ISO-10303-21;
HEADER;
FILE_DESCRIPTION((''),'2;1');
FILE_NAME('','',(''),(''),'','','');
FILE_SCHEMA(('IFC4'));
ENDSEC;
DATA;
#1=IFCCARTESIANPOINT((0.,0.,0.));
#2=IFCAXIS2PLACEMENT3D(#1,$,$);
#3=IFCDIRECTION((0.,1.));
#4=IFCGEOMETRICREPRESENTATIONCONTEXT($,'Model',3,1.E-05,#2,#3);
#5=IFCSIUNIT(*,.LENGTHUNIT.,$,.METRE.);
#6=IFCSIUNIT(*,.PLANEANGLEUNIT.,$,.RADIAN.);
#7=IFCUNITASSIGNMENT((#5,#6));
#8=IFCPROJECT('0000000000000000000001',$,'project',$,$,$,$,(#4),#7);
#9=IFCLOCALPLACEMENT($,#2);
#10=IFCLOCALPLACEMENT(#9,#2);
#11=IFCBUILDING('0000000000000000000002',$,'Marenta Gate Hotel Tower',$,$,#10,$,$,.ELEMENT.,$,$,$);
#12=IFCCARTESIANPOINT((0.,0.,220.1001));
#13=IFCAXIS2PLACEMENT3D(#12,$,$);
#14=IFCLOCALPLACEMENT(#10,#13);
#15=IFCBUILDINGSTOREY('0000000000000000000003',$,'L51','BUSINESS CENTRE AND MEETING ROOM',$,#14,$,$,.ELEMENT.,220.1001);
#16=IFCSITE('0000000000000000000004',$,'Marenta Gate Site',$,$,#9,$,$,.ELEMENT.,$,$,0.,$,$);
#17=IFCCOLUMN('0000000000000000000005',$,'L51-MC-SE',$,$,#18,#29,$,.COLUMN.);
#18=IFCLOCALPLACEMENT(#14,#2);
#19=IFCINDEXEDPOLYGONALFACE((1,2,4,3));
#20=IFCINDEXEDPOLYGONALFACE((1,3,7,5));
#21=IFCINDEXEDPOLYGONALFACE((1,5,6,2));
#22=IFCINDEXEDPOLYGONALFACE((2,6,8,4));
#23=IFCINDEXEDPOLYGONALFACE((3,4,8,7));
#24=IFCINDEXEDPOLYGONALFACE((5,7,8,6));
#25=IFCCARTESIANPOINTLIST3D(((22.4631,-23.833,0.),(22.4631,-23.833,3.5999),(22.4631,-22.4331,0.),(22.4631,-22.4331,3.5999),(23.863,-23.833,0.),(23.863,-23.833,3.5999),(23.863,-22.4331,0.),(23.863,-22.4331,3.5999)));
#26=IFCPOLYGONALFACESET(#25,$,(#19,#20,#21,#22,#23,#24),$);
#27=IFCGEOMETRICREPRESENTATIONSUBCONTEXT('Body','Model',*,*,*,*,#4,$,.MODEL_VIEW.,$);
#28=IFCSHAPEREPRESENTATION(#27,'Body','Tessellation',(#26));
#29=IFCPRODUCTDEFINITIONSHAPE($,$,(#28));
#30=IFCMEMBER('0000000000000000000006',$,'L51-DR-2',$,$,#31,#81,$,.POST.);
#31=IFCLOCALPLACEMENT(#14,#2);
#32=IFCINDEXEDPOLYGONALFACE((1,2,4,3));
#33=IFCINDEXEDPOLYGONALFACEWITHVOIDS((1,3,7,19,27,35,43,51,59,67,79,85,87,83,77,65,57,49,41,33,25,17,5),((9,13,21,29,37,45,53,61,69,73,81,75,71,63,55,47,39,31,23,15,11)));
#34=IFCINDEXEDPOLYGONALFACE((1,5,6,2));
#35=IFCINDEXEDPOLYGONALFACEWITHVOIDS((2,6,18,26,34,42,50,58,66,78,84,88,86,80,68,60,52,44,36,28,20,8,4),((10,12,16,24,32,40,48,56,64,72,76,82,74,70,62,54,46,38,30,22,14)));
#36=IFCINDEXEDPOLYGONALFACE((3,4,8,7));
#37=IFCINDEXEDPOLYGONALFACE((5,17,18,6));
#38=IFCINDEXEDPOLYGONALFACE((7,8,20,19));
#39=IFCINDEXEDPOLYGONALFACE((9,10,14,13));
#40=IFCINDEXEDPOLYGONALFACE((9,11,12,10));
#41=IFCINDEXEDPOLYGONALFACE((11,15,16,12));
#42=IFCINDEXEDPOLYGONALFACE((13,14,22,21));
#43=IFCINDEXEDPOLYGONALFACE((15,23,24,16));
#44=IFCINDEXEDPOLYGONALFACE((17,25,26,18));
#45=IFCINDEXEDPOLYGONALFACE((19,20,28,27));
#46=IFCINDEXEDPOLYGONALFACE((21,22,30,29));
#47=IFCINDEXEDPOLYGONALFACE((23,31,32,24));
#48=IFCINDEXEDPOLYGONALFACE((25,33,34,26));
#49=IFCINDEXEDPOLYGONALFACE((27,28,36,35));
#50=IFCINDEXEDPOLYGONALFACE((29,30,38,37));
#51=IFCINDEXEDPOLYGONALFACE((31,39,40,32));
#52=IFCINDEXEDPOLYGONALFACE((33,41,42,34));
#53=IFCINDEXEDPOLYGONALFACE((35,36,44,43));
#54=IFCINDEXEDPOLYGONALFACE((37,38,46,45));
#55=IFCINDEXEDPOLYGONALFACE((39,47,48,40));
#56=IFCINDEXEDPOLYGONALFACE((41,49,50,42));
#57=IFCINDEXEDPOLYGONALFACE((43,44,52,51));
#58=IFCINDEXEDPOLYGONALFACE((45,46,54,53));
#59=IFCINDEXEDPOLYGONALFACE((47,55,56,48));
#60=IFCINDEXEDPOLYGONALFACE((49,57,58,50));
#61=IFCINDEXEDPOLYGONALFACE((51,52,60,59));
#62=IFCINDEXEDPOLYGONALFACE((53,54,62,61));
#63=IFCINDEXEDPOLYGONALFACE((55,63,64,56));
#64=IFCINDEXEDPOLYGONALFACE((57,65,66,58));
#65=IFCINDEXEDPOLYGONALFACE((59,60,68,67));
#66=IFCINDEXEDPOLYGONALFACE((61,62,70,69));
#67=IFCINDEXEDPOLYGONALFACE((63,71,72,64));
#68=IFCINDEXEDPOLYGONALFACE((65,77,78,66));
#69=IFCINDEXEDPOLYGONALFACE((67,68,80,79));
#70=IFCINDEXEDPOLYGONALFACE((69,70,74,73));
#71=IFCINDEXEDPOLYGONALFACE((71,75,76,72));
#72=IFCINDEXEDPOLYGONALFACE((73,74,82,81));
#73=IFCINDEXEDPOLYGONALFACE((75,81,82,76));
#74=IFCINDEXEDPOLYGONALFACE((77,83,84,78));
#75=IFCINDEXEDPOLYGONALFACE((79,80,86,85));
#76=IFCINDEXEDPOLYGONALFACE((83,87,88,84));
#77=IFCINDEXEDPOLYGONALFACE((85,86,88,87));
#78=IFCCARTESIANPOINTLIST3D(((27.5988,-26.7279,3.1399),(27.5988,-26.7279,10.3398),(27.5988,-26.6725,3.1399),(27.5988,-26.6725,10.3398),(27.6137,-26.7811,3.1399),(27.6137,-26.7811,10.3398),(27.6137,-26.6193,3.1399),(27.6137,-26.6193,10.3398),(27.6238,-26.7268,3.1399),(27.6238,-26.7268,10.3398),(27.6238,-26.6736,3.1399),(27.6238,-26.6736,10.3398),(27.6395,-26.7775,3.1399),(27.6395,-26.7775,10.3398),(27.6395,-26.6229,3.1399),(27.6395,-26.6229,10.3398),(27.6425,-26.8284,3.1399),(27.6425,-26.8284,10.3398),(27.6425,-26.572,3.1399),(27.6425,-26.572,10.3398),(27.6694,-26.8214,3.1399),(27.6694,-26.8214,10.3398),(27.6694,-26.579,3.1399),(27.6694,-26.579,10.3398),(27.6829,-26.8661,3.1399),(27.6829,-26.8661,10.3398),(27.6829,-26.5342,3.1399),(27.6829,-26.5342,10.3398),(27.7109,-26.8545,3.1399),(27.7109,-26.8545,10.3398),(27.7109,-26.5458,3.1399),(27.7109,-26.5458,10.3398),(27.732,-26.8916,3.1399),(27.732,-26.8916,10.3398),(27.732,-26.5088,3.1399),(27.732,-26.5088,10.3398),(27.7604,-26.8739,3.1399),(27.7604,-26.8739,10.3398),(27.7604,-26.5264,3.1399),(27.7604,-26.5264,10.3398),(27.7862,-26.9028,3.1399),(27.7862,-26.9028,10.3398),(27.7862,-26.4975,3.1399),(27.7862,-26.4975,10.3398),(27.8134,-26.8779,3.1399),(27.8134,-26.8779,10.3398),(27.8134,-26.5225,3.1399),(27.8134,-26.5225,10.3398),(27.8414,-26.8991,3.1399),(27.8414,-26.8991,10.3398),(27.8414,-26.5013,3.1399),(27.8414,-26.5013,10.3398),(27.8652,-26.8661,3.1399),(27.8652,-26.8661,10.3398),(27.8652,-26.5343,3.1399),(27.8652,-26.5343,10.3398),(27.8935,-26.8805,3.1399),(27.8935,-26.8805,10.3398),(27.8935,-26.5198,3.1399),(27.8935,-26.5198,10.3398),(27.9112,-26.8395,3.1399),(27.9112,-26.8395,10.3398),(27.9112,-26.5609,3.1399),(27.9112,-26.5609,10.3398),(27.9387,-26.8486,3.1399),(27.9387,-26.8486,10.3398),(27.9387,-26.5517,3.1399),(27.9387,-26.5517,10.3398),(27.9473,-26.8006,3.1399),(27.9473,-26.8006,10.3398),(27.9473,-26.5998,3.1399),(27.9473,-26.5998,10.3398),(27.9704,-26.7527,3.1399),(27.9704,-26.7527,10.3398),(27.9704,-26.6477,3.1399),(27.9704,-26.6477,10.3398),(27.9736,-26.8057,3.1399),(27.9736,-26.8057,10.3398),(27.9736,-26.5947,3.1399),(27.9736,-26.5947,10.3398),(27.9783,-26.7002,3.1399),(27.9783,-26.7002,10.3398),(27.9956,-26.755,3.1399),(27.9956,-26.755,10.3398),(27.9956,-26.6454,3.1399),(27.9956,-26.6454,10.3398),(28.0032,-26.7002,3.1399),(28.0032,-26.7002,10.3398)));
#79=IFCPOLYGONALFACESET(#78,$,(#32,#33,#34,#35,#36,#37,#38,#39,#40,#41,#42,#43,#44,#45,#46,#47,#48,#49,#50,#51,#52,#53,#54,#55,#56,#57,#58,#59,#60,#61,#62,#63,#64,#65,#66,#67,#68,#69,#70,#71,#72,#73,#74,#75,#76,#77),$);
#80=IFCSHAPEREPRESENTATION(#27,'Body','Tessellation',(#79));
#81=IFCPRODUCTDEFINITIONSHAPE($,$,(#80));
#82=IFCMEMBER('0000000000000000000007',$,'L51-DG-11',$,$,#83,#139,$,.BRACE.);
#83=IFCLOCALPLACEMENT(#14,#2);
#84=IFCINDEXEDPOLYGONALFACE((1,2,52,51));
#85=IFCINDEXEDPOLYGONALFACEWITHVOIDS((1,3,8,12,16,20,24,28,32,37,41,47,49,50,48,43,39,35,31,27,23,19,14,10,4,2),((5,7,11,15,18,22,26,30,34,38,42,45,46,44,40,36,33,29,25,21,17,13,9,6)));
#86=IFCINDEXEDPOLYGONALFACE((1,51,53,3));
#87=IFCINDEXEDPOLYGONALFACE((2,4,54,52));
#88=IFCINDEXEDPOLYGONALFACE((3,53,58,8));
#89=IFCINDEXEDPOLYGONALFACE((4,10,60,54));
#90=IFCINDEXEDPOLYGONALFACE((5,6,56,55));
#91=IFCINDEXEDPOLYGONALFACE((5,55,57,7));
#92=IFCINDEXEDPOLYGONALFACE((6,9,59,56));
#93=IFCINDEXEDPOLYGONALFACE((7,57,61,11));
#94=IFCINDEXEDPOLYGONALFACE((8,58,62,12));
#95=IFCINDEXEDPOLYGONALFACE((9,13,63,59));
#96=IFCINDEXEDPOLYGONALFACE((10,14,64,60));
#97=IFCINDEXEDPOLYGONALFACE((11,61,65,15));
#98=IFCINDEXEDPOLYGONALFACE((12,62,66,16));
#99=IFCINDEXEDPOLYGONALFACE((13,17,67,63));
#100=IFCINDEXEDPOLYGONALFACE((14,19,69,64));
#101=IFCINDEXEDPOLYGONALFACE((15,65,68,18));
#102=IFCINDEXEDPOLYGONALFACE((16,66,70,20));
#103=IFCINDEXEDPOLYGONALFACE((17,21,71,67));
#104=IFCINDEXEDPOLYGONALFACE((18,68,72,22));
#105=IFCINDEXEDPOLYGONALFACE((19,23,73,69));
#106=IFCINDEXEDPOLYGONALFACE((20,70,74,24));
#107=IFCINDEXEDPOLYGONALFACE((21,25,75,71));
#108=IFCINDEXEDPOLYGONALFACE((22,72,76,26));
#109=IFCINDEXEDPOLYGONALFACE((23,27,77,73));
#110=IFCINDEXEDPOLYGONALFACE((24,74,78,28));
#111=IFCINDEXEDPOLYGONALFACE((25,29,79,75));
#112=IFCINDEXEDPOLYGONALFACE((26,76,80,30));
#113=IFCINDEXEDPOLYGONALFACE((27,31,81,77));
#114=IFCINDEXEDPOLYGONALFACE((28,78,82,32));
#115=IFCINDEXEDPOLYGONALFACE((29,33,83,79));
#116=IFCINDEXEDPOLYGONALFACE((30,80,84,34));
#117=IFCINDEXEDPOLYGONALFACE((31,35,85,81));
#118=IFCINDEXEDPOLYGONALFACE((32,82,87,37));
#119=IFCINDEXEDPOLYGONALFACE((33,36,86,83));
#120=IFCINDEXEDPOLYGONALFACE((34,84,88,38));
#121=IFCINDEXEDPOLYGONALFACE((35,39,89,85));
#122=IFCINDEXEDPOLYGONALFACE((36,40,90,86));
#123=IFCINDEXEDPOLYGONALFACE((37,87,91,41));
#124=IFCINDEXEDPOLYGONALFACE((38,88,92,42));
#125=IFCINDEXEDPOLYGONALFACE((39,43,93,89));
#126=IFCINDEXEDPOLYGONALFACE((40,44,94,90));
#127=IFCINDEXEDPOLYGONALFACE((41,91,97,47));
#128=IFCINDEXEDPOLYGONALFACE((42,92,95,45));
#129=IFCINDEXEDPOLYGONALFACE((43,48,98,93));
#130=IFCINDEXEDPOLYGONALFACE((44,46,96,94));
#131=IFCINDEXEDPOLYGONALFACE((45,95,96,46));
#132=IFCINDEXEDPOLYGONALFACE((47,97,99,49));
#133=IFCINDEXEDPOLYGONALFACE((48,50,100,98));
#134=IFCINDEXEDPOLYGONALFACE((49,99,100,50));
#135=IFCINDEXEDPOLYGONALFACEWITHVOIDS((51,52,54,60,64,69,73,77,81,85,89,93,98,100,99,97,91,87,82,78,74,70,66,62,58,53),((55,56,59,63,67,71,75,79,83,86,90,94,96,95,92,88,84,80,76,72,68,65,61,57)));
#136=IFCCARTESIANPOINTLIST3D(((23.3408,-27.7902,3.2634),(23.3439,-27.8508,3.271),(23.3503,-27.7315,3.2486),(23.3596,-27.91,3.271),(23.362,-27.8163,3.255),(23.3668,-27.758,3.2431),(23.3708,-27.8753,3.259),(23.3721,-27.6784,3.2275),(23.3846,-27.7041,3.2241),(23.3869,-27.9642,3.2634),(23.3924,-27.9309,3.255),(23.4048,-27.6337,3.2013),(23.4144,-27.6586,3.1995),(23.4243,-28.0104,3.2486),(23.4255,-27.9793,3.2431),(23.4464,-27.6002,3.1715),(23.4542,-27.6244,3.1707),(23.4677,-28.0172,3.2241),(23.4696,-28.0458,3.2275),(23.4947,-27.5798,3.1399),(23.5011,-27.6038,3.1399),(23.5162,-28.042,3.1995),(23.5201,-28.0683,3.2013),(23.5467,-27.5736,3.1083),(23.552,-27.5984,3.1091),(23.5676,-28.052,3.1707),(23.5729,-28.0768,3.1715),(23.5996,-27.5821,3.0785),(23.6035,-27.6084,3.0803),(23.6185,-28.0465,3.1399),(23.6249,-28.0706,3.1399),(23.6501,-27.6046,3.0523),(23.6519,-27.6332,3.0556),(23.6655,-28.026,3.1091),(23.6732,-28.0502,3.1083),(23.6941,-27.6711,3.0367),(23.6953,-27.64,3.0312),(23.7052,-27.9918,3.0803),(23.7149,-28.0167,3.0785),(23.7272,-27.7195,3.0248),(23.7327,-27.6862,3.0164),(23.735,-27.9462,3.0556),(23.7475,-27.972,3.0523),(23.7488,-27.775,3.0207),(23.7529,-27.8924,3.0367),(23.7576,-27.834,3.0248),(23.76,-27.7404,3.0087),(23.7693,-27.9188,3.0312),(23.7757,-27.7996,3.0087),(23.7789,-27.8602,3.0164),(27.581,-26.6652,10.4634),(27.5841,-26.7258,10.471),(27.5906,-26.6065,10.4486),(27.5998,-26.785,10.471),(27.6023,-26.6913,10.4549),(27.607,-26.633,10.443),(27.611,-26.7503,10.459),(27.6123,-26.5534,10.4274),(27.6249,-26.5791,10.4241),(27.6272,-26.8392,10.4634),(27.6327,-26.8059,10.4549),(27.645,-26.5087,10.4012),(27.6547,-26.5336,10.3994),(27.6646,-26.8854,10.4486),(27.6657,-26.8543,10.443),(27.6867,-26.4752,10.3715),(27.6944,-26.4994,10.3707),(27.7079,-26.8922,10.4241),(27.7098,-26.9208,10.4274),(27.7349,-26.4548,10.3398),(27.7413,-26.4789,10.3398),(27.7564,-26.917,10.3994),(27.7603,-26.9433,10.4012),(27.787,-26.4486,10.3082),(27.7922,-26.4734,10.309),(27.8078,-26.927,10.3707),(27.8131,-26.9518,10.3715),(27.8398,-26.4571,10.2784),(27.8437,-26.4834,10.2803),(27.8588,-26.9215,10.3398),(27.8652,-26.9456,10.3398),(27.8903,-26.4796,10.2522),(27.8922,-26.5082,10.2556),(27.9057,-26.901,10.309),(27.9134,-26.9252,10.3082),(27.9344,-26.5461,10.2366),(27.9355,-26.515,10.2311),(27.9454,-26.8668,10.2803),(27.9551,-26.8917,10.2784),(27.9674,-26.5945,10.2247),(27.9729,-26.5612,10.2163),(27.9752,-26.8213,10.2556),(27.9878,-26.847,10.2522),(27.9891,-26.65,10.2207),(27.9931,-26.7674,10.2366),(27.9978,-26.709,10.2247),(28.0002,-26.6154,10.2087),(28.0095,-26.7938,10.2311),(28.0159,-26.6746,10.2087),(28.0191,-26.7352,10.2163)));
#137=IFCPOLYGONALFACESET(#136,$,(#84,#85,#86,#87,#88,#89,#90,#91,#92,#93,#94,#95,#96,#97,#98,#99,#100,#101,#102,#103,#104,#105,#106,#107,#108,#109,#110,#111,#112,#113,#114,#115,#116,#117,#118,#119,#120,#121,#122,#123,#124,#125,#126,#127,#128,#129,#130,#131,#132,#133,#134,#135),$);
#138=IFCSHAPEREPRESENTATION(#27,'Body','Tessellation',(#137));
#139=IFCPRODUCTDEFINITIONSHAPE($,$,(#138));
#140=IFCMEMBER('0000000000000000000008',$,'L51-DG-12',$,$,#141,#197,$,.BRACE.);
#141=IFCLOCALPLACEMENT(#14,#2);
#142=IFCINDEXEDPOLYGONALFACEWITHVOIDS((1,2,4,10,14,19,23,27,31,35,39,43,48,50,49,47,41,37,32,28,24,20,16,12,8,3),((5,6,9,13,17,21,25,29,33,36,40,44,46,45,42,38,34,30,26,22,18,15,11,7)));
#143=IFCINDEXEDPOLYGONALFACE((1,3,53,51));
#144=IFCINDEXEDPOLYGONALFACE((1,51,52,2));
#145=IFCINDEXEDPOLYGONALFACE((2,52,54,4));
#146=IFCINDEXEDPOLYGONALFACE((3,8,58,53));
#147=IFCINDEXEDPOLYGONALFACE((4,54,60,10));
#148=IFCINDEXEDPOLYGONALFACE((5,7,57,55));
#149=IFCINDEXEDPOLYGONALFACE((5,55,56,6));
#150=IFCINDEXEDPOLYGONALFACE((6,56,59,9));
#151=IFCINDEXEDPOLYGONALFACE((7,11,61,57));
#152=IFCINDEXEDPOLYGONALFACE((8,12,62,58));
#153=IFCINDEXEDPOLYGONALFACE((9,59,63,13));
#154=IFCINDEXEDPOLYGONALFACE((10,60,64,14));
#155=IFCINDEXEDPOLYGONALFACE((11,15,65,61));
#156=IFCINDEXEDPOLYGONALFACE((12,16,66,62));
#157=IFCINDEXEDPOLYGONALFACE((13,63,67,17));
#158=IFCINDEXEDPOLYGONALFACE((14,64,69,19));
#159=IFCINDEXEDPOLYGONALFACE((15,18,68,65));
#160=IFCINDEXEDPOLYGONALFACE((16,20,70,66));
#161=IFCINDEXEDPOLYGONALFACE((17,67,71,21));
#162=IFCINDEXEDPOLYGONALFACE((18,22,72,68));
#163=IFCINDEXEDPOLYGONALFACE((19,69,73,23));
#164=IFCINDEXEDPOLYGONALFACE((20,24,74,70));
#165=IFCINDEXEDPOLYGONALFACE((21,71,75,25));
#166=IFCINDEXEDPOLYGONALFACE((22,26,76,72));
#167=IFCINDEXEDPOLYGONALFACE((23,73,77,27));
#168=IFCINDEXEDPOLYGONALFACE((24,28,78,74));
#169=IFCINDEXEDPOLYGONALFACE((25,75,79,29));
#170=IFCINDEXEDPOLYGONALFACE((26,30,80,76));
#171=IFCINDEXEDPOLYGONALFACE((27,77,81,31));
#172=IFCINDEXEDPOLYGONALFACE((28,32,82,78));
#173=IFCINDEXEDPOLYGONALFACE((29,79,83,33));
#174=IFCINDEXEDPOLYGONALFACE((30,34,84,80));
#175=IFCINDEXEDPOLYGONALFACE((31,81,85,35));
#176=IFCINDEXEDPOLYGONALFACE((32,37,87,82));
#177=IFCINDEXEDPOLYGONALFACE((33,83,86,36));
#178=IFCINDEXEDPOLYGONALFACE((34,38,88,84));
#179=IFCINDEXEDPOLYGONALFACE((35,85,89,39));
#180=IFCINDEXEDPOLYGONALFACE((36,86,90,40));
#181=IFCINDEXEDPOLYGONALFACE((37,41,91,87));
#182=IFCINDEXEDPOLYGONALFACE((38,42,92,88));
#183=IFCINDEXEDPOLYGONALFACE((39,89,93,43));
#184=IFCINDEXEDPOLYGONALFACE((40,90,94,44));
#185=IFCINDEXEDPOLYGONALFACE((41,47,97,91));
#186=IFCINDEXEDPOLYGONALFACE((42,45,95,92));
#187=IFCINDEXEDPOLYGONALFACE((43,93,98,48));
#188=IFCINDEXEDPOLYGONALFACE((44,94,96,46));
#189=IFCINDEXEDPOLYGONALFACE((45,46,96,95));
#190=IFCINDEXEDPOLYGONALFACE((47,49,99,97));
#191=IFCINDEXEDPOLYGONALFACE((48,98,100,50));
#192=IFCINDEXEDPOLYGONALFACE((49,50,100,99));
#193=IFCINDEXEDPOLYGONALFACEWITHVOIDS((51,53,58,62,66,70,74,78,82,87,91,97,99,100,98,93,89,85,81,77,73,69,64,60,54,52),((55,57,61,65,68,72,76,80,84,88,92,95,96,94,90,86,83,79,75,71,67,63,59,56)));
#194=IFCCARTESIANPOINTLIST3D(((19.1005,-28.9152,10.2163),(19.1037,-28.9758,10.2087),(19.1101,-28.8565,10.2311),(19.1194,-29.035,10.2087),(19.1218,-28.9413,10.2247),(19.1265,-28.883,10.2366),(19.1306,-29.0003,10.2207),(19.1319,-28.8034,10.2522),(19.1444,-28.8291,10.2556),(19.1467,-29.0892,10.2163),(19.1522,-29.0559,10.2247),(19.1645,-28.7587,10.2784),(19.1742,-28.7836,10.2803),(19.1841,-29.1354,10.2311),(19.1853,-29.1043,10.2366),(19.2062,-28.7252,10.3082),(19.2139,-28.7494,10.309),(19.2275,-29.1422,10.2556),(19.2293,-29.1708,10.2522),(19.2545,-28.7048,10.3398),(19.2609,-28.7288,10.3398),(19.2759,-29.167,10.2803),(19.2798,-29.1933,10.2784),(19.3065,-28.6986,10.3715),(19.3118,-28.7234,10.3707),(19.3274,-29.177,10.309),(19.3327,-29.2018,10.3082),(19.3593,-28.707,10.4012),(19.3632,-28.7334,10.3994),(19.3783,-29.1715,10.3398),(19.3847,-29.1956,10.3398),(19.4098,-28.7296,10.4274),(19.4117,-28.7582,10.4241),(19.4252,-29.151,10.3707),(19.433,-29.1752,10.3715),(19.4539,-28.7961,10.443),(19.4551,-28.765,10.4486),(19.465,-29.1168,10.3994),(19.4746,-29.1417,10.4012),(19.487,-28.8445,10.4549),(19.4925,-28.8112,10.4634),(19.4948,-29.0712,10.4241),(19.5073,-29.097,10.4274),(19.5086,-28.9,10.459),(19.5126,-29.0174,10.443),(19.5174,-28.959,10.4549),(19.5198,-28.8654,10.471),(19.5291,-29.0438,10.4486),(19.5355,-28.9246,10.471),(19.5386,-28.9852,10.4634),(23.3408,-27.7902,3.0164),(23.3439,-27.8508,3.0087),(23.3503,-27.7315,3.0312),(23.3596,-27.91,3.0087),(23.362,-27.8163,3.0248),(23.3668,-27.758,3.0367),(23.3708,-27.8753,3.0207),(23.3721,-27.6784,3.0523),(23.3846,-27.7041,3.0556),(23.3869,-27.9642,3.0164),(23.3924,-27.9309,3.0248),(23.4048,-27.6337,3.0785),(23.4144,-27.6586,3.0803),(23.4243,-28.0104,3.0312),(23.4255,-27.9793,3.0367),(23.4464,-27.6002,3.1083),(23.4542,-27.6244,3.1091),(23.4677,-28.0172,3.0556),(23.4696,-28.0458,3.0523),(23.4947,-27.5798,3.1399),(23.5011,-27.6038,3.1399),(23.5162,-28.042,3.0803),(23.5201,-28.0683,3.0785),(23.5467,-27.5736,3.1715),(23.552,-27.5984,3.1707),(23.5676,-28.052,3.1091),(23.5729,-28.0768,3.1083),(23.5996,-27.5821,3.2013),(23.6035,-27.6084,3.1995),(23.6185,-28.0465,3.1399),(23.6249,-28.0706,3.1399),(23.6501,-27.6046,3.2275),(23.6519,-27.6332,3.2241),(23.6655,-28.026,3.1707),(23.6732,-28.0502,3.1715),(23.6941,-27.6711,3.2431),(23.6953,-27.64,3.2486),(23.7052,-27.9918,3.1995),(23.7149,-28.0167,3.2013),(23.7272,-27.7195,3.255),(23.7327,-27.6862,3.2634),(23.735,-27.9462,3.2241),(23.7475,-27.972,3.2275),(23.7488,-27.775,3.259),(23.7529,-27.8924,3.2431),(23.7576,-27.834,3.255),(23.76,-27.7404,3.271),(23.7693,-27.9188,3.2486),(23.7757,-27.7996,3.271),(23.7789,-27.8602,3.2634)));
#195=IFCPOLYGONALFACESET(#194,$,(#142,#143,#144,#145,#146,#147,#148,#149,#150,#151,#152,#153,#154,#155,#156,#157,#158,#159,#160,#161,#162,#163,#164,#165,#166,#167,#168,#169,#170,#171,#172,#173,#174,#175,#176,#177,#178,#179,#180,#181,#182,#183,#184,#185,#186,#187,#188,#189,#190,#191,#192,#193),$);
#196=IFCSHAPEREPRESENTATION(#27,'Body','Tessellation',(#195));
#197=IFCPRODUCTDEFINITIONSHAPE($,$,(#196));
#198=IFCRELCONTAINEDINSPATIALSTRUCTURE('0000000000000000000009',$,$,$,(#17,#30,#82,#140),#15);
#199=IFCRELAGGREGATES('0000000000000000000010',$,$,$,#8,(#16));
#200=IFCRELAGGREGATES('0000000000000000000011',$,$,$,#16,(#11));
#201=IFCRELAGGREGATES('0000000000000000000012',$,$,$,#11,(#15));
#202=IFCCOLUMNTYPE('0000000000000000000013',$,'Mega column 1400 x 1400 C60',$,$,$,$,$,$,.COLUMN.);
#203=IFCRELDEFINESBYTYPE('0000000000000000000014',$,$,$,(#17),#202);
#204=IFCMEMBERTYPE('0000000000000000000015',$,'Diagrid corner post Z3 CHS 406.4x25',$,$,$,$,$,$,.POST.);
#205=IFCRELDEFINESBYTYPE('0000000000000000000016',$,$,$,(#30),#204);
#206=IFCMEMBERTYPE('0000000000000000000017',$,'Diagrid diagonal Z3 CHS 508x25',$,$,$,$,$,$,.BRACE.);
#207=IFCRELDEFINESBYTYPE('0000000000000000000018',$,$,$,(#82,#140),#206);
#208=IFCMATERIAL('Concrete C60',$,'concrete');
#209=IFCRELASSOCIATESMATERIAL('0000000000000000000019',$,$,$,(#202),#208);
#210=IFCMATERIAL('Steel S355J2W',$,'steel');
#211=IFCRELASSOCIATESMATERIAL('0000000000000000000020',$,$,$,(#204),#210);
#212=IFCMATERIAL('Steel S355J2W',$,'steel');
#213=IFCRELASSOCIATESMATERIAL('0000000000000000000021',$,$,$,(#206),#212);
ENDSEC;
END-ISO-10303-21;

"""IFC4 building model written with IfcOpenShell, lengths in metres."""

from ifc_helpers import new_model, si_unit, direction, frame, origin, origin_2d, place, context, subcontext, project, spatial, rectangle, hollow_circle, extrude, material, material_profile, profile_set, type_object, element, save


model = new_model("IFC4")

# Units and contexts
model_context = context("Model", 3, precision=1e-05, world=origin(), true_north=direction((0.0, 1.0)))
body_context = subcontext(model_context, "Body", "Model", "MODEL_VIEW")
ifc_project = project(units=[si_unit("LENGTHUNIT", "METRE"), si_unit("PLANEANGLEUNIT", "RADIAN")], contexts=[model_context])

# Site, building, storey
site_placement = place(None, origin())
site = spatial("IfcSite", under=ifc_project, at=site_placement, Name="Marenta Gate Site", CompositionType="ELEMENT", RefElevation=0.0)
building_placement = place(site_placement, origin())
building = spatial("IfcBuilding", under=site, at=building_placement, Name="Marenta Gate Hotel Tower", CompositionType="ELEMENT")
storey_placement = place(building_placement, frame((0.0, 0.0, 220.1001)))
storey = spatial("IfcBuildingStorey", under=building, at=storey_placement, Name="L51", Description="BUSINESS CENTRE AND MEETING ROOM", CompositionType="ELEMENT", Elevation=220.1001)

# Column
ifc_material_1 = material(Name="Concrete C60", Category="concrete")
ifc_material_profile_1 = material_profile(ifc_material_1, rectangle(XDim=1.3999, YDim=1.3999, at=origin_2d()), Name="1400 x 1400")
ifc_profile_set_1 = profile_set([ifc_material_profile_1], Name="Concrete C60")
column_type = type_object("IfcColumnType", Name="Mega column 1400 x 1400 C60", PredefinedType="COLUMN", material=ifc_profile_set_1)
column_placement = place(storey_placement, frame((23.1631, -23.1331, 0.0), z_axis=(0.0, 0.0, 1.0), x_axis=(1.0, 0.0, 0.0)))
element("IfcColumn", 1, at=column_placement, inside=storey, type_object=column_type, Name="L51-MC-SE", PredefinedType="COLUMN", context=body_context, shape_type="SweptSolid", body=[
    extrude(rectangle(XDim=1.3999, YDim=1.3999, at=origin_2d()), origin(), (0.0, 0.0, 1.0), 3.5999),
])

# Members
ifc_material_2 = material(Name="Steel S355J2W", Category="steel")
ifc_material_profile_2 = material_profile(ifc_material_2, hollow_circle(Radius=0.2031, WallThickness=0.0249, at=origin_2d()), Name="CHS 406.4x25")
ifc_profile_set_2 = profile_set([ifc_material_profile_2], Name="Steel S355J2W")
member_type_1 = type_object("IfcMemberType", Name="Diagrid corner post Z3 CHS 406.4x25", PredefinedType="POST", material=ifc_profile_set_2)
member_1_placement = place(storey_placement, frame((27.8, -26.7002, 3.1399), z_axis=(0.0, 0.0, 1.0), x_axis=(1.0, 0.0, 0.0)))
element("IfcMember", 2, at=member_1_placement, inside=storey, type_object=member_type_1, Name="L51-DR-2", PredefinedType="POST", context=body_context, shape_type="SweptSolid", body=[
    extrude(hollow_circle(Radius=0.2031, WallThickness=0.0249, at=origin_2d()), origin(), (0.0, 0.0, 1.0), 7.2),
])
ifc_material_3 = material(Name="Steel S355J2W", Category="steel")
ifc_material_profile_3 = material_profile(ifc_material_3, hollow_circle(Radius=0.2539, WallThickness=0.0249, at=origin_2d()), Name="CHS 508x25")
ifc_profile_set_3 = profile_set([ifc_material_profile_3], Name="Steel S355J2W")
member_type_2 = type_object("IfcMemberType", Name="Diagrid diagonal Z3 CHS 508x25", PredefinedType="BRACE", material=ifc_profile_set_3)
for number, where, z_axis, x_axis, name in (
    (3, (23.5598, -27.8252, 3.1399), (0.502924, 0.133434, 0.853969), (-0.256443, 0.966559, 0.0), "L51-DG-11"),
    (4, (23.5598, -27.8252, 3.1399), (-0.502924, -0.133434, 0.853969), (0.256443, -0.966559, 0.0), "L51-DG-12"),
):
    element("IfcMember", number, at=place(storey_placement, frame(where, z_axis=z_axis, x_axis=x_axis)), inside=storey, type_object=member_type_2, Name=name, PredefinedType="BRACE", context=body_context, shape_type="SweptSolid", body=[
        extrude(hollow_circle(Radius=0.2539, WallThickness=0.0249, at=origin_2d()), origin(), (0.0, 0.0, 1.0), 8.4312),
    ])

save(model, "model.ifc")
